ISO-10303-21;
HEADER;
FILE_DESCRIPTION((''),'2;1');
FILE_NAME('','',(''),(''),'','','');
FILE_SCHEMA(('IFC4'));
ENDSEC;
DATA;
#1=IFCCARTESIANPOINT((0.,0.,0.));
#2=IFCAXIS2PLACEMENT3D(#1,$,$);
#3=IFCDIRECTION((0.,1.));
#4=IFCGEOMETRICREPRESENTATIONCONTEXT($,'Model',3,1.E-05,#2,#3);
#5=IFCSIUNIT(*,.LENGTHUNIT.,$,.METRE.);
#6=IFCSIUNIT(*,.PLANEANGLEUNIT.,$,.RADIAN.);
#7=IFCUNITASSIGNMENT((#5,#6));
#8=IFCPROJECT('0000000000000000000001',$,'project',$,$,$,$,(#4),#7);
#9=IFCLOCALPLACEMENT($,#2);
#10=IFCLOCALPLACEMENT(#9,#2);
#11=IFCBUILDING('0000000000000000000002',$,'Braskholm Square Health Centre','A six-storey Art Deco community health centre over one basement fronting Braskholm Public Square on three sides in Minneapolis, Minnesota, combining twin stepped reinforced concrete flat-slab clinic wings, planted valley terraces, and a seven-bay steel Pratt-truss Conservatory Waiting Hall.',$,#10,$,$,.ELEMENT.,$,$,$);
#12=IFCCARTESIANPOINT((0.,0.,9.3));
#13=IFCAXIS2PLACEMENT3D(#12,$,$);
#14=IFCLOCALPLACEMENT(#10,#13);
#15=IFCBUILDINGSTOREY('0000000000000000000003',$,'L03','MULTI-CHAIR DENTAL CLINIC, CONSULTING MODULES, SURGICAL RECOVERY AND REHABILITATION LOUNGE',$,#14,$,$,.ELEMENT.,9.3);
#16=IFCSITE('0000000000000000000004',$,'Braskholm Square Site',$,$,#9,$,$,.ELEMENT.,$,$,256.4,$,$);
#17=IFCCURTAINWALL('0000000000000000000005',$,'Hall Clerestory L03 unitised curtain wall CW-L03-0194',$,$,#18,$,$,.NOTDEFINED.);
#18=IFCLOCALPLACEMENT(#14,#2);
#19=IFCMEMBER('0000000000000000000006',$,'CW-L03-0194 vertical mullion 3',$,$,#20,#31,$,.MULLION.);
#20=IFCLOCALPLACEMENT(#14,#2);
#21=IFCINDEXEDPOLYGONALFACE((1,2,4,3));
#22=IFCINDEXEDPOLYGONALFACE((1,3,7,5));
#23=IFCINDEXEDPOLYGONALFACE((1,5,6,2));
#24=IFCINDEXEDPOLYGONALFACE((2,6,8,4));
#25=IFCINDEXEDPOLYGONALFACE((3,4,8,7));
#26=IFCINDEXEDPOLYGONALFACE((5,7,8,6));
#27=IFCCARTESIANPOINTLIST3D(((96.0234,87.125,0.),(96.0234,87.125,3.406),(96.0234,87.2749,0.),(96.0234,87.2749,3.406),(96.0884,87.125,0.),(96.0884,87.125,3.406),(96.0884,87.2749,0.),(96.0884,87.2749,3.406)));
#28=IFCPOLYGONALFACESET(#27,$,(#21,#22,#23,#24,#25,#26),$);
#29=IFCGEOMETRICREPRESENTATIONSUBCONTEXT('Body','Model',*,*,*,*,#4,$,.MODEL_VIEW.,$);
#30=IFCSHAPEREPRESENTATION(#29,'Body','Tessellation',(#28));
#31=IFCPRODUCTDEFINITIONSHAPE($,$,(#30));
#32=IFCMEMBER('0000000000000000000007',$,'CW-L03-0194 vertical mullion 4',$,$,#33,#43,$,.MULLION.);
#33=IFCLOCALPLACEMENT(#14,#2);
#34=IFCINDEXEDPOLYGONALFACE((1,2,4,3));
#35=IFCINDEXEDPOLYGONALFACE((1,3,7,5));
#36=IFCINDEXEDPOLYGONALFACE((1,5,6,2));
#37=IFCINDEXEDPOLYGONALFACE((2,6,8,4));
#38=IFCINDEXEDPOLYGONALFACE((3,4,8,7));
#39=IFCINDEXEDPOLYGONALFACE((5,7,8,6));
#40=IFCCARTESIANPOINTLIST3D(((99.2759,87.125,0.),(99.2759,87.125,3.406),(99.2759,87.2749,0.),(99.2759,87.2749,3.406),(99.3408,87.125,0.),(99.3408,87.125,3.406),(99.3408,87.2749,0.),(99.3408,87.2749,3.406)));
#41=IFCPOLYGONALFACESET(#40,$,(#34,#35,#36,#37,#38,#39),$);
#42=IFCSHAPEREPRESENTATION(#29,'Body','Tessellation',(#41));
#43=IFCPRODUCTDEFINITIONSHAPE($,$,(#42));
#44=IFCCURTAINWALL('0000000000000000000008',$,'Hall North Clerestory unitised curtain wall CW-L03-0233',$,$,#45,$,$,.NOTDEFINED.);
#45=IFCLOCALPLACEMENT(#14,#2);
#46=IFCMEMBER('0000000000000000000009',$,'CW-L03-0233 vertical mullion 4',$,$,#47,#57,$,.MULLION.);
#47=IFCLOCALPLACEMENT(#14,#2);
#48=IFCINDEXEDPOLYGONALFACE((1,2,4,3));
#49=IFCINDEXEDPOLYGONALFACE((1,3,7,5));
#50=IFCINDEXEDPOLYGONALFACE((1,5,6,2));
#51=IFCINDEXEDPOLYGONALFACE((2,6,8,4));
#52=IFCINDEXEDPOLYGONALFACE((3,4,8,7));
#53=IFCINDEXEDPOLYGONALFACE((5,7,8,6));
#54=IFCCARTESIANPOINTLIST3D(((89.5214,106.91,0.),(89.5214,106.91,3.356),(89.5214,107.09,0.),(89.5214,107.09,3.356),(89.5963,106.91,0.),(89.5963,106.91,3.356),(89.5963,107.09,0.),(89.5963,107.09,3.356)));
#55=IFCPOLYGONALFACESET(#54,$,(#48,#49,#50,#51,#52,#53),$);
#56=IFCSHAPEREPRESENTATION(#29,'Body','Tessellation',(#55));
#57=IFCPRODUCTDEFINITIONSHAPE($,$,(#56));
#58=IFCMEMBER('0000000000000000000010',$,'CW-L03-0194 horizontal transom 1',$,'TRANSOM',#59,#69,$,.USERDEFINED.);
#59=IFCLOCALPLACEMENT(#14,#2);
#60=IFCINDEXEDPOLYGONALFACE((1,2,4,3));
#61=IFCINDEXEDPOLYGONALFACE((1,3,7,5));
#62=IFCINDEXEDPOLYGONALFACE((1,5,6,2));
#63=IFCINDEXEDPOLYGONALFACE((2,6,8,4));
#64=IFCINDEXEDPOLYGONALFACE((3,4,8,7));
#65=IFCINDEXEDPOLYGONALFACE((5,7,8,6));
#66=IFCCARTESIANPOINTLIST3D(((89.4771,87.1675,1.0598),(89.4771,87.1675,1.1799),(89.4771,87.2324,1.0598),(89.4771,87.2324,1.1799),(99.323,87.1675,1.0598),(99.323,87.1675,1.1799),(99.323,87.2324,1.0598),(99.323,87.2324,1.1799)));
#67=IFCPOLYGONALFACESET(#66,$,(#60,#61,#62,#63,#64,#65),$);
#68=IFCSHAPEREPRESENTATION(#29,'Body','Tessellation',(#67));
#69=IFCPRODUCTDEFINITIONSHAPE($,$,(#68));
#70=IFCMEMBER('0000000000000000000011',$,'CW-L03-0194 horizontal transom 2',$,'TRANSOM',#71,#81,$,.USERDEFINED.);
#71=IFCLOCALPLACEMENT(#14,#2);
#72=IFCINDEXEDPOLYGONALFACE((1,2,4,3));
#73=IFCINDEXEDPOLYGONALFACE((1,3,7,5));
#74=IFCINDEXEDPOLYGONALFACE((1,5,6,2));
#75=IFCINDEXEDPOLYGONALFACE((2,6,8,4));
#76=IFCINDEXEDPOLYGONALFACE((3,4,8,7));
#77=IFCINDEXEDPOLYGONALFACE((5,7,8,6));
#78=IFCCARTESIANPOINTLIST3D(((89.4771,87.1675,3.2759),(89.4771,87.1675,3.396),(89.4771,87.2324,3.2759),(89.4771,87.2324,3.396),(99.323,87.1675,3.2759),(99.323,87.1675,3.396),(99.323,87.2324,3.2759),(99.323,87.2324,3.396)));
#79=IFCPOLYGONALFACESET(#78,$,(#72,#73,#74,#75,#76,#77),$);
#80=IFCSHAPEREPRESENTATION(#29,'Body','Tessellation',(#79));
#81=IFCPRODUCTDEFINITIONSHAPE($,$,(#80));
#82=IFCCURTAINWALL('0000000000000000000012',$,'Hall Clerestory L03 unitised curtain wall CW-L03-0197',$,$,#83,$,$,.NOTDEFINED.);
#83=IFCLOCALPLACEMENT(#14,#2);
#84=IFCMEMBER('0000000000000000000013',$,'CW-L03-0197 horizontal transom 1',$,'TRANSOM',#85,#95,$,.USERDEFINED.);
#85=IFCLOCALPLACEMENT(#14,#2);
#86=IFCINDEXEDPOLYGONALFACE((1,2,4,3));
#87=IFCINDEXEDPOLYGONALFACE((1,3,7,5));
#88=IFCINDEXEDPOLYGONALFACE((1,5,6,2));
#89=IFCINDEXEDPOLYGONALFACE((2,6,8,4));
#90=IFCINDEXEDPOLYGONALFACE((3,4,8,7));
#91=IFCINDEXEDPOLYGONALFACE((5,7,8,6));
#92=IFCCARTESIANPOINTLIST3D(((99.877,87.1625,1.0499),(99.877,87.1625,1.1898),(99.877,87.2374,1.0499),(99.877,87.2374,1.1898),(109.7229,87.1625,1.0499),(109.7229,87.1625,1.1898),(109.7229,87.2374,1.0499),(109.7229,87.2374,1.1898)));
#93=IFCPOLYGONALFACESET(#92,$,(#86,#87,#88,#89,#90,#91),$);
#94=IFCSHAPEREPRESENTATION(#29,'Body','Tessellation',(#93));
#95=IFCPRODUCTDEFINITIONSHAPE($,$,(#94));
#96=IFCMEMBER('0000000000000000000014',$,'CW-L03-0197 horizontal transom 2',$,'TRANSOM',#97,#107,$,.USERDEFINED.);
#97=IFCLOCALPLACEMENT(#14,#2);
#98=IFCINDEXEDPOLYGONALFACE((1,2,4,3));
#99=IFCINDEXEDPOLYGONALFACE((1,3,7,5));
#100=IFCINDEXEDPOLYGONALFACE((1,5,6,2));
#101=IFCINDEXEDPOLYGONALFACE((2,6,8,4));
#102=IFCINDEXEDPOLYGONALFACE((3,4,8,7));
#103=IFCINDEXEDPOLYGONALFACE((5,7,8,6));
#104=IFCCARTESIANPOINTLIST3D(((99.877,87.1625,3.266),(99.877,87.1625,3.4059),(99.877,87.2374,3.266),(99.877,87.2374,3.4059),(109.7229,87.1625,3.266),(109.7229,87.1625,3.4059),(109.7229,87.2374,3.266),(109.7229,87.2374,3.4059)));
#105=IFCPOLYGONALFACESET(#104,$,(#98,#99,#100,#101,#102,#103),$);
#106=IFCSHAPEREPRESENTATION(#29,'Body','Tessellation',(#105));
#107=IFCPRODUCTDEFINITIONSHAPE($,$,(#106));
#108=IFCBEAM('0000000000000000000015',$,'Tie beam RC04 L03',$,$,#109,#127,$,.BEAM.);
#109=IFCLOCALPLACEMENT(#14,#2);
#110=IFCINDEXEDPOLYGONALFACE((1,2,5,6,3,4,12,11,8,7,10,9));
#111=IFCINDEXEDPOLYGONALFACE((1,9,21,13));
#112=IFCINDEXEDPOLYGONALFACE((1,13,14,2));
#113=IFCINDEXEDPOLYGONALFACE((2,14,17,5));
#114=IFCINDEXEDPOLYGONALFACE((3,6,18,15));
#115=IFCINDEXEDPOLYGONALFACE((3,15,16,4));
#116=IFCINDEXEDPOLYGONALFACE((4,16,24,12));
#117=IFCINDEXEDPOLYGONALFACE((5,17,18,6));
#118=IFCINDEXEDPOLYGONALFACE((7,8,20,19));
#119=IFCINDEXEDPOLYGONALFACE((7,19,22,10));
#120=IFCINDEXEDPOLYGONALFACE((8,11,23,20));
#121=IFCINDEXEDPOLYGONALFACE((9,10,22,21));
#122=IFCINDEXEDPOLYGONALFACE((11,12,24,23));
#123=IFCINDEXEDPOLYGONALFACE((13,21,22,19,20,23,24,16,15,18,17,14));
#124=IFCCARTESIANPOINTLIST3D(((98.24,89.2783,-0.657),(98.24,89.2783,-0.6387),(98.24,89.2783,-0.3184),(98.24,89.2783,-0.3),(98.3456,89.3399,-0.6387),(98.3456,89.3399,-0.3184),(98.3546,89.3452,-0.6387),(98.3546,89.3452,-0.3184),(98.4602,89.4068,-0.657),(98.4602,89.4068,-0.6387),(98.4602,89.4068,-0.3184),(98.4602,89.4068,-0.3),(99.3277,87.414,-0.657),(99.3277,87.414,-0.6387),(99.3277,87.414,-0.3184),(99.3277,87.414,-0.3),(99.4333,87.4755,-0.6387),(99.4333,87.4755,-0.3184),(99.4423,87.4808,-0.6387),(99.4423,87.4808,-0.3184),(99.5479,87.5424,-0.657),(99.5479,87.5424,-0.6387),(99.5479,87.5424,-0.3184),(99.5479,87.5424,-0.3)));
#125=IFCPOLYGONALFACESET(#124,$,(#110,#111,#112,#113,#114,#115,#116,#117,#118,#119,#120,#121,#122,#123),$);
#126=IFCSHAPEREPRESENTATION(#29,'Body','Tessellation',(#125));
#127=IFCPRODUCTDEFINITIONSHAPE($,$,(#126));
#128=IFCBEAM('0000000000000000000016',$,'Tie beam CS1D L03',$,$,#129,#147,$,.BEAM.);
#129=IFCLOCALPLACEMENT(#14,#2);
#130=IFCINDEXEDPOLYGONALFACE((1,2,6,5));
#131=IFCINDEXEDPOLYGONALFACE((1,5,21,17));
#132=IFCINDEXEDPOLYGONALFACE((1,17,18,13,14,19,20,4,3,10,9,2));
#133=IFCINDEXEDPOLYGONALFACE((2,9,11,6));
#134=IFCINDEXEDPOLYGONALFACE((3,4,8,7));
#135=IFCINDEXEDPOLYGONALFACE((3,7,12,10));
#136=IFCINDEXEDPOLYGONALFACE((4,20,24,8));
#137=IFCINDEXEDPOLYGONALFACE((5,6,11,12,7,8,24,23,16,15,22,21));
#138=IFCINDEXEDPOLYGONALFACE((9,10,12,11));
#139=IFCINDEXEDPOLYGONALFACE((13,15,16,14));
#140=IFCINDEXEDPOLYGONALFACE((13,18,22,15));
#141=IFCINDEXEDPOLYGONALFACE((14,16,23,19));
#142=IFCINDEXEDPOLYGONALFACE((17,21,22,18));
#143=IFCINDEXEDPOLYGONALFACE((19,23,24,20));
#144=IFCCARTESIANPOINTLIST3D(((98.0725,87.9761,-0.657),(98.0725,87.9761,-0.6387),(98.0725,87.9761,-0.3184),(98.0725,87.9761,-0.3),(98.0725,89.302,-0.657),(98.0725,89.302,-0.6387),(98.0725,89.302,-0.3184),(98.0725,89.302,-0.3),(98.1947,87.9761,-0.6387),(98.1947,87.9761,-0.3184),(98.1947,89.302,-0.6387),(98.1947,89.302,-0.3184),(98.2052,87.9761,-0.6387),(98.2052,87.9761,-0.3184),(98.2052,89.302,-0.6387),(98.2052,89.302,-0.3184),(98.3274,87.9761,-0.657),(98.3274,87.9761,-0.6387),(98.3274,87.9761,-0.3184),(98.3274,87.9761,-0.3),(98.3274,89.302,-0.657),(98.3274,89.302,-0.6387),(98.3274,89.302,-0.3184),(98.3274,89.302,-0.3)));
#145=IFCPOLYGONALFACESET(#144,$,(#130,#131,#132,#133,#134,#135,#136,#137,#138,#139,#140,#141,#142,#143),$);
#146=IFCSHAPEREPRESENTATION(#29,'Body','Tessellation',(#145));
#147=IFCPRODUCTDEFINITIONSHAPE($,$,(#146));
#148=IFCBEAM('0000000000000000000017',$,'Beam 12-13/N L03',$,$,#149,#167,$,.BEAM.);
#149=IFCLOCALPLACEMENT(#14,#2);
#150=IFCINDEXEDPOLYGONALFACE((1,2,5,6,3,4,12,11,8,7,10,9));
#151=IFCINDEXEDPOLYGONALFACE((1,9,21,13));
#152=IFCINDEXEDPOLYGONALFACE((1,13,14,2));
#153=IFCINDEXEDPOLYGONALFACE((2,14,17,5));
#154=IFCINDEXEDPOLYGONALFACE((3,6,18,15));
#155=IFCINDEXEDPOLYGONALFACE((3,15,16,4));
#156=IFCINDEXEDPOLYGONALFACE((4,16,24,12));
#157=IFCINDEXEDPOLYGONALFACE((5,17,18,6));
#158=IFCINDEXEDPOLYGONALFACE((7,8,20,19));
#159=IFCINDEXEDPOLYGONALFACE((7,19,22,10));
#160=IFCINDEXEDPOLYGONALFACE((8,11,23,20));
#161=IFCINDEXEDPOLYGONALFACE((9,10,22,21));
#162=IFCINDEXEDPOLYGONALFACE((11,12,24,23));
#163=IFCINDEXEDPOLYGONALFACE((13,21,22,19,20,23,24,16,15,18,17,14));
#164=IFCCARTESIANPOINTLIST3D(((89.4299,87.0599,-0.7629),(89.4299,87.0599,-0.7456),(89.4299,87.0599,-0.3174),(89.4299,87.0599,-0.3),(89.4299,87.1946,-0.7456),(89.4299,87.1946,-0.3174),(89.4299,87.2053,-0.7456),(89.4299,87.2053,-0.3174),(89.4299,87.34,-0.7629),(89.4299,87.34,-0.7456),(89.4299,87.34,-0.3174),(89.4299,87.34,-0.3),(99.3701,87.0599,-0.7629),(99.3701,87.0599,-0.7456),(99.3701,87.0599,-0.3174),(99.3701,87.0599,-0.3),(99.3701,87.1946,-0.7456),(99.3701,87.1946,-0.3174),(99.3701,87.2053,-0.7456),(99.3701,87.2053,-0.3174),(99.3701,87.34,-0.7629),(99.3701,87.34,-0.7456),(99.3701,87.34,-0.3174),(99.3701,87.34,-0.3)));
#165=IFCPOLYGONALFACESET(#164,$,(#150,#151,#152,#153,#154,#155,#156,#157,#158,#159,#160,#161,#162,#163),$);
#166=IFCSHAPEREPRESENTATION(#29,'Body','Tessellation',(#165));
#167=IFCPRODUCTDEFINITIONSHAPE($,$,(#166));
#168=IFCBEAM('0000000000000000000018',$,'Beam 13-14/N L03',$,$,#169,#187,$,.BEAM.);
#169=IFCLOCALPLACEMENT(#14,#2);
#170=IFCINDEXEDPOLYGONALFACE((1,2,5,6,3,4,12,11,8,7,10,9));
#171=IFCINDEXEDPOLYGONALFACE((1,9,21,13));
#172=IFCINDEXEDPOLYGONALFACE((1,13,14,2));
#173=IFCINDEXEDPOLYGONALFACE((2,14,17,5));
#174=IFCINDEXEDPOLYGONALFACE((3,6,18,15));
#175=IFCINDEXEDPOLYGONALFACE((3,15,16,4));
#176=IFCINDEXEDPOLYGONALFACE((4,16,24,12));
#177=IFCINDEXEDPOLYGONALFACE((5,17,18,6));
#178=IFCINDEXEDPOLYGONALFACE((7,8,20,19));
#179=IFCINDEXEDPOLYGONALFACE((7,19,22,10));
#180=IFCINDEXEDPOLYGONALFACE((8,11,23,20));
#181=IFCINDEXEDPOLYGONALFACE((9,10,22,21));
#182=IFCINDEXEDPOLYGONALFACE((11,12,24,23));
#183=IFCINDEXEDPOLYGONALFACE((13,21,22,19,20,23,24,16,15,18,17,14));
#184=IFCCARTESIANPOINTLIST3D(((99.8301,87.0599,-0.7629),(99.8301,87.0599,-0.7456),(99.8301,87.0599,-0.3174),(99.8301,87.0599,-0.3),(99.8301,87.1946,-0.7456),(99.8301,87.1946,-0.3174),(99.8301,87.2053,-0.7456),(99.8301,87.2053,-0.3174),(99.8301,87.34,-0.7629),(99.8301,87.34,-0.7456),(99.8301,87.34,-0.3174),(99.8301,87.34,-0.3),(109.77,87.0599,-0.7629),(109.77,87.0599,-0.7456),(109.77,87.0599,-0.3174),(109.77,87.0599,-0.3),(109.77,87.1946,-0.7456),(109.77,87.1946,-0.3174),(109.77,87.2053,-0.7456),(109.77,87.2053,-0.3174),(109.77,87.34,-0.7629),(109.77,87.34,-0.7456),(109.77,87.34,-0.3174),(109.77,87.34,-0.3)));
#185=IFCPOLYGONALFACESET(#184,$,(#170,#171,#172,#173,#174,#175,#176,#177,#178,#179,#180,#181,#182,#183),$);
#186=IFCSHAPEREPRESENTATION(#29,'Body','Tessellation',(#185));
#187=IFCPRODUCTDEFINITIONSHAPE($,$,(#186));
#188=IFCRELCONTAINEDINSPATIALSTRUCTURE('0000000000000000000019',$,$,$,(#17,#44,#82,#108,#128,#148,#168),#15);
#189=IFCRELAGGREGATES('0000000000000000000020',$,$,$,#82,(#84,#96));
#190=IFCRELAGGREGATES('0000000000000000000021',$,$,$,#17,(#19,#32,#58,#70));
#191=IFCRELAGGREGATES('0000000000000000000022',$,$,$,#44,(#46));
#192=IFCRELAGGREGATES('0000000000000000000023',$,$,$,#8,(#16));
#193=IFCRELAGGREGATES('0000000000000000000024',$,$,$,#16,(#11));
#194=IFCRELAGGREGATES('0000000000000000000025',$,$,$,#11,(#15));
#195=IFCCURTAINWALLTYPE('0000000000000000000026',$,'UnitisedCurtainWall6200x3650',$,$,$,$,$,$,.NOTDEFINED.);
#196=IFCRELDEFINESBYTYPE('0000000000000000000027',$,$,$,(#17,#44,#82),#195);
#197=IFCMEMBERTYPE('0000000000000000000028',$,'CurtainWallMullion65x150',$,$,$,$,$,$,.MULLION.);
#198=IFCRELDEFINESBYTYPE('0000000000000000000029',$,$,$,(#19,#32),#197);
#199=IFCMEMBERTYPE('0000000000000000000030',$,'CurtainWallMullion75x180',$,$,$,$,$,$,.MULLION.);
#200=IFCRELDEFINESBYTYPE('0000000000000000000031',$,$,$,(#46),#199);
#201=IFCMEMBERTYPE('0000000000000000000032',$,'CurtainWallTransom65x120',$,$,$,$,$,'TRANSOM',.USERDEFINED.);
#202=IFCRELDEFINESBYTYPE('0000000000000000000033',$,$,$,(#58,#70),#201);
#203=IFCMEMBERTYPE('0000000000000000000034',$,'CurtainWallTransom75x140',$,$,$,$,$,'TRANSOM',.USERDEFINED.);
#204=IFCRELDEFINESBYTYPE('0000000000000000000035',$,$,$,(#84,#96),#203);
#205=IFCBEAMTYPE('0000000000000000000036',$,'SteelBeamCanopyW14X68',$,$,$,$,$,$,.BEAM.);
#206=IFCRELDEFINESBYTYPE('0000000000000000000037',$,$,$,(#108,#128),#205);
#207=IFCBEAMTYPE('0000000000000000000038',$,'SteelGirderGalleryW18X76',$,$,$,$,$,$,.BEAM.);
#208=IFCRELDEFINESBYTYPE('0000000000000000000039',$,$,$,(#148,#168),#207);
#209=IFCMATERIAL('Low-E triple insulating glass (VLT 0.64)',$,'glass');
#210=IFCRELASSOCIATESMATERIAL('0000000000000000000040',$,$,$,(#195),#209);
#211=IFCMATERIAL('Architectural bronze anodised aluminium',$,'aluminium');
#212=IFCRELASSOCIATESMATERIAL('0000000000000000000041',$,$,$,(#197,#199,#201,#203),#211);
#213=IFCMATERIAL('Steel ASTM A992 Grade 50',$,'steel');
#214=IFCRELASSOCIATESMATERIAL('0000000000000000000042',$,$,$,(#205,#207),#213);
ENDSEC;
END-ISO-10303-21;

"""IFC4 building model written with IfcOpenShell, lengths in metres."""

from ifc_helpers import new_model, si_unit, direction, frame, origin, origin_2d, place, context, subcontext, project, spatial, rectangle, i_section, extrude, material, material_profile, profile_set, type_object, element, aggregate, save


model = new_model("IFC4")

# Units and contexts
model_context = context("Model", 3, precision=1e-05, world=origin(), true_north=direction((0.0, 1.0)))
body_context = subcontext(model_context, "Body", "Model", "MODEL_VIEW")
ifc_project = project(units=[si_unit("LENGTHUNIT", "METRE"), si_unit("PLANEANGLEUNIT", "RADIAN")], contexts=[model_context])

# Site, building, storey
site_placement = place(None, origin())
site = spatial("IfcSite", under=ifc_project, at=site_placement, Name="Braskholm Square Site", CompositionType="ELEMENT", RefElevation=256.4)
building_placement = place(site_placement, origin())
building = spatial("IfcBuilding", under=site, at=building_placement, Name="Braskholm Square Health Centre", Description="A six-storey Art Deco community health centre over one basement fronting Braskholm Public Square on three sides in Minneapolis, Minnesota, combining twin stepped reinforced concrete flat-slab clinic wings, planted valley terraces, and a seven-bay steel Pratt-truss Conservatory Waiting Hall.", CompositionType="ELEMENT")
storey_placement = place(building_placement, frame((0.0, 0.0, 9.3)))
storey = spatial("IfcBuildingStorey", under=building, at=storey_placement, Name="L03", Description="MULTI-CHAIR DENTAL CLINIC, CONSULTING MODULES, SURGICAL RECOVERY AND REHABILITATION LOUNGE", CompositionType="ELEMENT", Elevation=9.3)

# Curtain wall, members
ifc_material_1 = material(Name="Low-E triple insulating glass (VLT 0.64)", Category="glass")
curtain_wall_type = type_object("IfcCurtainWallType", Name="UnitisedCurtainWall6200x3650", PredefinedType="NOTDEFINED", material=ifc_material_1)
curtain_wall_1_placement = place(storey_placement, origin())
curtain_wall_1 = element("IfcCurtainWall", 1, at=curtain_wall_1_placement, inside=storey, type_object=curtain_wall_type, Name="Hall Clerestory L03 unitised curtain wall CW-L03-0194", PredefinedType="NOTDEFINED")
ifc_material_2 = material(Name="Architectural bronze anodised aluminium", Category="aluminium")
ifc_material_profile_1 = material_profile(ifc_material_2, rectangle(XDim=0.0649, YDim=0.1499, at=origin_2d()), Name="ALU-65X150")
ifc_profile_set_1 = profile_set([ifc_material_profile_1], Name="Architectural bronze anodised aluminium")
member_type_1 = type_object("IfcMemberType", Name="CurtainWallMullion65x150", PredefinedType="MULLION", material=ifc_profile_set_1)
member_1_placement = place(storey_placement, frame((96.0559, 87.2, 0.0), z_axis=(0.0, 0.0, 1.0), x_axis=(1.0, 0.0, 0.0)))
member_1 = element("IfcMember", 2, at=member_1_placement, type_object=member_type_1, Name="CW-L03-0194 vertical mullion 3", PredefinedType="MULLION", context=body_context, shape_type="SweptSolid", body=[
    extrude(rectangle(XDim=0.0649, YDim=0.1499, at=origin_2d()), origin(), (0.0, 0.0, 1.0), 3.406),
])
member_2_placement = place(storey_placement, frame((99.3083, 87.2, 0.0), z_axis=(0.0, 0.0, 1.0), x_axis=(1.0, 0.0, 0.0)))
member_2 = element("IfcMember", 3, at=member_2_placement, type_object=member_type_1, Name="CW-L03-0194 vertical mullion 4", PredefinedType="MULLION", context=body_context, shape_type="SweptSolid", body=[
    extrude(rectangle(XDim=0.0649, YDim=0.1499, at=origin_2d()), origin(), (0.0, 0.0, 1.0), 3.406),
])

# Curtain wall, member
curtain_wall_2_placement = place(storey_placement, origin())
curtain_wall_2 = element("IfcCurtainWall", 4, at=curtain_wall_2_placement, inside=storey, type_object=curtain_wall_type, Name="Hall North Clerestory unitised curtain wall CW-L03-0233", PredefinedType="NOTDEFINED")
ifc_material_profile_2 = material_profile(ifc_material_2, rectangle(XDim=0.075, YDim=0.1799, at=origin_2d()), Name="ALU-75X180")
ifc_profile_set_2 = profile_set([ifc_material_profile_2], Name="Architectural bronze anodised aluminium")
member_type_2 = type_object("IfcMemberType", Name="CurtainWallMullion75x180", PredefinedType="MULLION", material=ifc_profile_set_2)
member_3_placement = place(storey_placement, frame((89.5588, 107.0, 0.0), z_axis=(0.0, 0.0, 1.0), x_axis=(1.0, 0.0, 0.0)))
member_3 = element("IfcMember", 5, at=member_3_placement, type_object=member_type_2, Name="CW-L03-0233 vertical mullion 4", PredefinedType="MULLION", context=body_context, shape_type="SweptSolid", body=[
    extrude(rectangle(XDim=0.075, YDim=0.1799, at=origin_2d()), origin(), (0.0, 0.0, 1.0), 3.356),
])

# Members
ifc_material_profile_3 = material_profile(ifc_material_2, rectangle(XDim=0.0649, YDim=0.1201, at=origin_2d()), Name="ALU-65X120")
ifc_profile_set_3 = profile_set([ifc_material_profile_3], Name="Architectural bronze anodised aluminium")
member_type_3 = type_object("IfcMemberType", Name="CurtainWallTransom65x120", ElementType="TRANSOM", PredefinedType="USERDEFINED", material=ifc_profile_set_3)
member_4_placement = place(storey_placement, frame((89.4771, 87.2, 1.1199), z_axis=(1.0, 0.0, 0.0), x_axis=(0.0, 1.0, 0.0)))
member_4 = element("IfcMember", 6, at=member_4_placement, type_object=member_type_3, Name="CW-L03-0194 horizontal transom 1", ObjectType="TRANSOM", PredefinedType="USERDEFINED", context=body_context, shape_type="SweptSolid", body=[
    extrude(rectangle(XDim=0.0649, YDim=0.1201, at=origin_2d()), origin(), (0.0, 0.0, 1.0), 9.8459),
])
member_5_placement = place(storey_placement, frame((89.4771, 87.2, 3.3359), z_axis=(1.0, 0.0, 0.0), x_axis=(0.0, 1.0, 0.0)))
member_5 = element("IfcMember", 7, at=member_5_placement, type_object=member_type_3, Name="CW-L03-0194 horizontal transom 2", ObjectType="TRANSOM", PredefinedType="USERDEFINED", context=body_context, shape_type="SweptSolid", body=[
    extrude(rectangle(XDim=0.0649, YDim=0.1201, at=origin_2d()), origin(), (0.0, 0.0, 1.0), 9.8459),
])

# Curtain wall, members
curtain_wall_3_placement = place(storey_placement, origin())
curtain_wall_3 = element("IfcCurtainWall", 8, at=curtain_wall_3_placement, inside=storey, type_object=curtain_wall_type, Name="Hall Clerestory L03 unitised curtain wall CW-L03-0197", PredefinedType="NOTDEFINED")
ifc_material_profile_4 = material_profile(ifc_material_2, rectangle(XDim=0.075, YDim=0.1399, at=origin_2d()), Name="ALU-75X140")
ifc_profile_set_4 = profile_set([ifc_material_profile_4], Name="Architectural bronze anodised aluminium")
member_type_4 = type_object("IfcMemberType", Name="CurtainWallTransom75x140", ElementType="TRANSOM", PredefinedType="USERDEFINED", material=ifc_profile_set_4)
member_6_placement = place(storey_placement, frame((99.877, 87.2, 1.1199), z_axis=(1.0, 0.0, 0.0), x_axis=(0.0, 1.0, 0.0)))
member_6 = element("IfcMember", 9, at=member_6_placement, type_object=member_type_4, Name="CW-L03-0197 horizontal transom 1", ObjectType="TRANSOM", PredefinedType="USERDEFINED", context=body_context, shape_type="SweptSolid", body=[
    extrude(rectangle(XDim=0.075, YDim=0.1399, at=origin_2d()), origin(), (0.0, 0.0, 1.0), 9.8459),
])
member_7_placement = place(storey_placement, frame((99.877, 87.2, 3.3359), z_axis=(1.0, 0.0, 0.0), x_axis=(0.0, 1.0, 0.0)))
member_7 = element("IfcMember", 10, at=member_7_placement, type_object=member_type_4, Name="CW-L03-0197 horizontal transom 2", ObjectType="TRANSOM", PredefinedType="USERDEFINED", context=body_context, shape_type="SweptSolid", body=[
    extrude(rectangle(XDim=0.075, YDim=0.1399, at=origin_2d()), origin(), (0.0, 0.0, 1.0), 9.8459),
])
aggregate(curtain_wall_3, [member_6, member_7])

# Beams
ifc_material_3 = material(Name="Steel ASTM A992 Grade 50", Category="steel")
ifc_material_profile_5 = material_profile(ifc_material_3, i_section(OverallWidth=0.2549, OverallDepth=0.3569, WebThickness=0.0105, FlangeThickness=0.0183, at=origin_2d()), Name="W14X68")
ifc_profile_set_5 = profile_set([ifc_material_profile_5], Name="Steel ASTM A992 Grade 50")
beam_type_1 = type_object("IfcBeamType", Name="SteelBeamCanopyW14X68", PredefinedType="BEAM", material=ifc_profile_set_5)
beam_1_placement = place(storey_placement, frame((98.3501, 89.3425, -0.4785), z_axis=(0.503927, -0.863746, 0.0), x_axis=(0.863746, 0.503927, 0.0)))
element("IfcBeam", 11, at=beam_1_placement, inside=storey, type_object=beam_type_1, Name="Tie beam RC04 L03", PredefinedType="BEAM", context=body_context, shape_type="SweptSolid", body=[
    extrude(i_section(OverallWidth=0.2549, OverallDepth=0.3569, WebThickness=0.0105, FlangeThickness=0.0183, at=origin_2d()), origin(), (0.0, 0.0, 1.0), 2.1584),
])
beam_2_placement = place(storey_placement, frame((98.2, 87.9761, -0.4785), z_axis=(0.0, 1.0, 0.0), x_axis=(-1.0, 0.0, 0.0)))
element("IfcBeam", 12, at=beam_2_placement, inside=storey, type_object=beam_type_1, Name="Tie beam CS1D L03", PredefinedType="BEAM", context=body_context, shape_type="SweptSolid", body=[
    extrude(i_section(OverallWidth=0.2549, OverallDepth=0.3569, WebThickness=0.0105, FlangeThickness=0.0183, at=origin_2d()), origin(), (0.0, 0.0, 1.0), 1.3259),
])
ifc_material_profile_6 = material_profile(ifc_material_3, i_section(OverallWidth=0.28, OverallDepth=0.4629, WebThickness=0.0107, FlangeThickness=0.0173, at=origin_2d()), Name="W18X76")
ifc_profile_set_6 = profile_set([ifc_material_profile_6], Name="Steel ASTM A992 Grade 50")
beam_type_2 = type_object("IfcBeamType", Name="SteelGirderGalleryW18X76", PredefinedType="BEAM", material=ifc_profile_set_6)
beam_3_placement = place(storey_placement, frame((89.4299, 87.2, -0.5315), z_axis=(1.0, 0.0, 0.0), x_axis=(0.0, 1.0, 0.0)))
element("IfcBeam", 13, at=beam_3_placement, inside=storey, type_object=beam_type_2, Name="Beam 12-13/N L03", PredefinedType="BEAM", context=body_context, shape_type="SweptSolid", body=[
    extrude(i_section(OverallWidth=0.28, OverallDepth=0.4629, WebThickness=0.0107, FlangeThickness=0.0173, at=origin_2d()), origin(), (0.0, 0.0, 1.0), 9.9402),
])
beam_4_placement = place(storey_placement, frame((99.8301, 87.2, -0.5315), z_axis=(1.0, 0.0, 0.0), x_axis=(0.0, 1.0, 0.0)))
element("IfcBeam", 14, at=beam_4_placement, inside=storey, type_object=beam_type_2, Name="Beam 13-14/N L03", PredefinedType="BEAM", context=body_context, shape_type="SweptSolid", body=[
    extrude(i_section(OverallWidth=0.28, OverallDepth=0.4629, WebThickness=0.0107, FlangeThickness=0.0173, at=origin_2d()), origin(), (0.0, 0.0, 1.0), 9.9399),
])

aggregate(curtain_wall_1, [member_1, member_2, member_4, member_5])
aggregate(curtain_wall_2, [member_3])

save(model, "model.ifc")
